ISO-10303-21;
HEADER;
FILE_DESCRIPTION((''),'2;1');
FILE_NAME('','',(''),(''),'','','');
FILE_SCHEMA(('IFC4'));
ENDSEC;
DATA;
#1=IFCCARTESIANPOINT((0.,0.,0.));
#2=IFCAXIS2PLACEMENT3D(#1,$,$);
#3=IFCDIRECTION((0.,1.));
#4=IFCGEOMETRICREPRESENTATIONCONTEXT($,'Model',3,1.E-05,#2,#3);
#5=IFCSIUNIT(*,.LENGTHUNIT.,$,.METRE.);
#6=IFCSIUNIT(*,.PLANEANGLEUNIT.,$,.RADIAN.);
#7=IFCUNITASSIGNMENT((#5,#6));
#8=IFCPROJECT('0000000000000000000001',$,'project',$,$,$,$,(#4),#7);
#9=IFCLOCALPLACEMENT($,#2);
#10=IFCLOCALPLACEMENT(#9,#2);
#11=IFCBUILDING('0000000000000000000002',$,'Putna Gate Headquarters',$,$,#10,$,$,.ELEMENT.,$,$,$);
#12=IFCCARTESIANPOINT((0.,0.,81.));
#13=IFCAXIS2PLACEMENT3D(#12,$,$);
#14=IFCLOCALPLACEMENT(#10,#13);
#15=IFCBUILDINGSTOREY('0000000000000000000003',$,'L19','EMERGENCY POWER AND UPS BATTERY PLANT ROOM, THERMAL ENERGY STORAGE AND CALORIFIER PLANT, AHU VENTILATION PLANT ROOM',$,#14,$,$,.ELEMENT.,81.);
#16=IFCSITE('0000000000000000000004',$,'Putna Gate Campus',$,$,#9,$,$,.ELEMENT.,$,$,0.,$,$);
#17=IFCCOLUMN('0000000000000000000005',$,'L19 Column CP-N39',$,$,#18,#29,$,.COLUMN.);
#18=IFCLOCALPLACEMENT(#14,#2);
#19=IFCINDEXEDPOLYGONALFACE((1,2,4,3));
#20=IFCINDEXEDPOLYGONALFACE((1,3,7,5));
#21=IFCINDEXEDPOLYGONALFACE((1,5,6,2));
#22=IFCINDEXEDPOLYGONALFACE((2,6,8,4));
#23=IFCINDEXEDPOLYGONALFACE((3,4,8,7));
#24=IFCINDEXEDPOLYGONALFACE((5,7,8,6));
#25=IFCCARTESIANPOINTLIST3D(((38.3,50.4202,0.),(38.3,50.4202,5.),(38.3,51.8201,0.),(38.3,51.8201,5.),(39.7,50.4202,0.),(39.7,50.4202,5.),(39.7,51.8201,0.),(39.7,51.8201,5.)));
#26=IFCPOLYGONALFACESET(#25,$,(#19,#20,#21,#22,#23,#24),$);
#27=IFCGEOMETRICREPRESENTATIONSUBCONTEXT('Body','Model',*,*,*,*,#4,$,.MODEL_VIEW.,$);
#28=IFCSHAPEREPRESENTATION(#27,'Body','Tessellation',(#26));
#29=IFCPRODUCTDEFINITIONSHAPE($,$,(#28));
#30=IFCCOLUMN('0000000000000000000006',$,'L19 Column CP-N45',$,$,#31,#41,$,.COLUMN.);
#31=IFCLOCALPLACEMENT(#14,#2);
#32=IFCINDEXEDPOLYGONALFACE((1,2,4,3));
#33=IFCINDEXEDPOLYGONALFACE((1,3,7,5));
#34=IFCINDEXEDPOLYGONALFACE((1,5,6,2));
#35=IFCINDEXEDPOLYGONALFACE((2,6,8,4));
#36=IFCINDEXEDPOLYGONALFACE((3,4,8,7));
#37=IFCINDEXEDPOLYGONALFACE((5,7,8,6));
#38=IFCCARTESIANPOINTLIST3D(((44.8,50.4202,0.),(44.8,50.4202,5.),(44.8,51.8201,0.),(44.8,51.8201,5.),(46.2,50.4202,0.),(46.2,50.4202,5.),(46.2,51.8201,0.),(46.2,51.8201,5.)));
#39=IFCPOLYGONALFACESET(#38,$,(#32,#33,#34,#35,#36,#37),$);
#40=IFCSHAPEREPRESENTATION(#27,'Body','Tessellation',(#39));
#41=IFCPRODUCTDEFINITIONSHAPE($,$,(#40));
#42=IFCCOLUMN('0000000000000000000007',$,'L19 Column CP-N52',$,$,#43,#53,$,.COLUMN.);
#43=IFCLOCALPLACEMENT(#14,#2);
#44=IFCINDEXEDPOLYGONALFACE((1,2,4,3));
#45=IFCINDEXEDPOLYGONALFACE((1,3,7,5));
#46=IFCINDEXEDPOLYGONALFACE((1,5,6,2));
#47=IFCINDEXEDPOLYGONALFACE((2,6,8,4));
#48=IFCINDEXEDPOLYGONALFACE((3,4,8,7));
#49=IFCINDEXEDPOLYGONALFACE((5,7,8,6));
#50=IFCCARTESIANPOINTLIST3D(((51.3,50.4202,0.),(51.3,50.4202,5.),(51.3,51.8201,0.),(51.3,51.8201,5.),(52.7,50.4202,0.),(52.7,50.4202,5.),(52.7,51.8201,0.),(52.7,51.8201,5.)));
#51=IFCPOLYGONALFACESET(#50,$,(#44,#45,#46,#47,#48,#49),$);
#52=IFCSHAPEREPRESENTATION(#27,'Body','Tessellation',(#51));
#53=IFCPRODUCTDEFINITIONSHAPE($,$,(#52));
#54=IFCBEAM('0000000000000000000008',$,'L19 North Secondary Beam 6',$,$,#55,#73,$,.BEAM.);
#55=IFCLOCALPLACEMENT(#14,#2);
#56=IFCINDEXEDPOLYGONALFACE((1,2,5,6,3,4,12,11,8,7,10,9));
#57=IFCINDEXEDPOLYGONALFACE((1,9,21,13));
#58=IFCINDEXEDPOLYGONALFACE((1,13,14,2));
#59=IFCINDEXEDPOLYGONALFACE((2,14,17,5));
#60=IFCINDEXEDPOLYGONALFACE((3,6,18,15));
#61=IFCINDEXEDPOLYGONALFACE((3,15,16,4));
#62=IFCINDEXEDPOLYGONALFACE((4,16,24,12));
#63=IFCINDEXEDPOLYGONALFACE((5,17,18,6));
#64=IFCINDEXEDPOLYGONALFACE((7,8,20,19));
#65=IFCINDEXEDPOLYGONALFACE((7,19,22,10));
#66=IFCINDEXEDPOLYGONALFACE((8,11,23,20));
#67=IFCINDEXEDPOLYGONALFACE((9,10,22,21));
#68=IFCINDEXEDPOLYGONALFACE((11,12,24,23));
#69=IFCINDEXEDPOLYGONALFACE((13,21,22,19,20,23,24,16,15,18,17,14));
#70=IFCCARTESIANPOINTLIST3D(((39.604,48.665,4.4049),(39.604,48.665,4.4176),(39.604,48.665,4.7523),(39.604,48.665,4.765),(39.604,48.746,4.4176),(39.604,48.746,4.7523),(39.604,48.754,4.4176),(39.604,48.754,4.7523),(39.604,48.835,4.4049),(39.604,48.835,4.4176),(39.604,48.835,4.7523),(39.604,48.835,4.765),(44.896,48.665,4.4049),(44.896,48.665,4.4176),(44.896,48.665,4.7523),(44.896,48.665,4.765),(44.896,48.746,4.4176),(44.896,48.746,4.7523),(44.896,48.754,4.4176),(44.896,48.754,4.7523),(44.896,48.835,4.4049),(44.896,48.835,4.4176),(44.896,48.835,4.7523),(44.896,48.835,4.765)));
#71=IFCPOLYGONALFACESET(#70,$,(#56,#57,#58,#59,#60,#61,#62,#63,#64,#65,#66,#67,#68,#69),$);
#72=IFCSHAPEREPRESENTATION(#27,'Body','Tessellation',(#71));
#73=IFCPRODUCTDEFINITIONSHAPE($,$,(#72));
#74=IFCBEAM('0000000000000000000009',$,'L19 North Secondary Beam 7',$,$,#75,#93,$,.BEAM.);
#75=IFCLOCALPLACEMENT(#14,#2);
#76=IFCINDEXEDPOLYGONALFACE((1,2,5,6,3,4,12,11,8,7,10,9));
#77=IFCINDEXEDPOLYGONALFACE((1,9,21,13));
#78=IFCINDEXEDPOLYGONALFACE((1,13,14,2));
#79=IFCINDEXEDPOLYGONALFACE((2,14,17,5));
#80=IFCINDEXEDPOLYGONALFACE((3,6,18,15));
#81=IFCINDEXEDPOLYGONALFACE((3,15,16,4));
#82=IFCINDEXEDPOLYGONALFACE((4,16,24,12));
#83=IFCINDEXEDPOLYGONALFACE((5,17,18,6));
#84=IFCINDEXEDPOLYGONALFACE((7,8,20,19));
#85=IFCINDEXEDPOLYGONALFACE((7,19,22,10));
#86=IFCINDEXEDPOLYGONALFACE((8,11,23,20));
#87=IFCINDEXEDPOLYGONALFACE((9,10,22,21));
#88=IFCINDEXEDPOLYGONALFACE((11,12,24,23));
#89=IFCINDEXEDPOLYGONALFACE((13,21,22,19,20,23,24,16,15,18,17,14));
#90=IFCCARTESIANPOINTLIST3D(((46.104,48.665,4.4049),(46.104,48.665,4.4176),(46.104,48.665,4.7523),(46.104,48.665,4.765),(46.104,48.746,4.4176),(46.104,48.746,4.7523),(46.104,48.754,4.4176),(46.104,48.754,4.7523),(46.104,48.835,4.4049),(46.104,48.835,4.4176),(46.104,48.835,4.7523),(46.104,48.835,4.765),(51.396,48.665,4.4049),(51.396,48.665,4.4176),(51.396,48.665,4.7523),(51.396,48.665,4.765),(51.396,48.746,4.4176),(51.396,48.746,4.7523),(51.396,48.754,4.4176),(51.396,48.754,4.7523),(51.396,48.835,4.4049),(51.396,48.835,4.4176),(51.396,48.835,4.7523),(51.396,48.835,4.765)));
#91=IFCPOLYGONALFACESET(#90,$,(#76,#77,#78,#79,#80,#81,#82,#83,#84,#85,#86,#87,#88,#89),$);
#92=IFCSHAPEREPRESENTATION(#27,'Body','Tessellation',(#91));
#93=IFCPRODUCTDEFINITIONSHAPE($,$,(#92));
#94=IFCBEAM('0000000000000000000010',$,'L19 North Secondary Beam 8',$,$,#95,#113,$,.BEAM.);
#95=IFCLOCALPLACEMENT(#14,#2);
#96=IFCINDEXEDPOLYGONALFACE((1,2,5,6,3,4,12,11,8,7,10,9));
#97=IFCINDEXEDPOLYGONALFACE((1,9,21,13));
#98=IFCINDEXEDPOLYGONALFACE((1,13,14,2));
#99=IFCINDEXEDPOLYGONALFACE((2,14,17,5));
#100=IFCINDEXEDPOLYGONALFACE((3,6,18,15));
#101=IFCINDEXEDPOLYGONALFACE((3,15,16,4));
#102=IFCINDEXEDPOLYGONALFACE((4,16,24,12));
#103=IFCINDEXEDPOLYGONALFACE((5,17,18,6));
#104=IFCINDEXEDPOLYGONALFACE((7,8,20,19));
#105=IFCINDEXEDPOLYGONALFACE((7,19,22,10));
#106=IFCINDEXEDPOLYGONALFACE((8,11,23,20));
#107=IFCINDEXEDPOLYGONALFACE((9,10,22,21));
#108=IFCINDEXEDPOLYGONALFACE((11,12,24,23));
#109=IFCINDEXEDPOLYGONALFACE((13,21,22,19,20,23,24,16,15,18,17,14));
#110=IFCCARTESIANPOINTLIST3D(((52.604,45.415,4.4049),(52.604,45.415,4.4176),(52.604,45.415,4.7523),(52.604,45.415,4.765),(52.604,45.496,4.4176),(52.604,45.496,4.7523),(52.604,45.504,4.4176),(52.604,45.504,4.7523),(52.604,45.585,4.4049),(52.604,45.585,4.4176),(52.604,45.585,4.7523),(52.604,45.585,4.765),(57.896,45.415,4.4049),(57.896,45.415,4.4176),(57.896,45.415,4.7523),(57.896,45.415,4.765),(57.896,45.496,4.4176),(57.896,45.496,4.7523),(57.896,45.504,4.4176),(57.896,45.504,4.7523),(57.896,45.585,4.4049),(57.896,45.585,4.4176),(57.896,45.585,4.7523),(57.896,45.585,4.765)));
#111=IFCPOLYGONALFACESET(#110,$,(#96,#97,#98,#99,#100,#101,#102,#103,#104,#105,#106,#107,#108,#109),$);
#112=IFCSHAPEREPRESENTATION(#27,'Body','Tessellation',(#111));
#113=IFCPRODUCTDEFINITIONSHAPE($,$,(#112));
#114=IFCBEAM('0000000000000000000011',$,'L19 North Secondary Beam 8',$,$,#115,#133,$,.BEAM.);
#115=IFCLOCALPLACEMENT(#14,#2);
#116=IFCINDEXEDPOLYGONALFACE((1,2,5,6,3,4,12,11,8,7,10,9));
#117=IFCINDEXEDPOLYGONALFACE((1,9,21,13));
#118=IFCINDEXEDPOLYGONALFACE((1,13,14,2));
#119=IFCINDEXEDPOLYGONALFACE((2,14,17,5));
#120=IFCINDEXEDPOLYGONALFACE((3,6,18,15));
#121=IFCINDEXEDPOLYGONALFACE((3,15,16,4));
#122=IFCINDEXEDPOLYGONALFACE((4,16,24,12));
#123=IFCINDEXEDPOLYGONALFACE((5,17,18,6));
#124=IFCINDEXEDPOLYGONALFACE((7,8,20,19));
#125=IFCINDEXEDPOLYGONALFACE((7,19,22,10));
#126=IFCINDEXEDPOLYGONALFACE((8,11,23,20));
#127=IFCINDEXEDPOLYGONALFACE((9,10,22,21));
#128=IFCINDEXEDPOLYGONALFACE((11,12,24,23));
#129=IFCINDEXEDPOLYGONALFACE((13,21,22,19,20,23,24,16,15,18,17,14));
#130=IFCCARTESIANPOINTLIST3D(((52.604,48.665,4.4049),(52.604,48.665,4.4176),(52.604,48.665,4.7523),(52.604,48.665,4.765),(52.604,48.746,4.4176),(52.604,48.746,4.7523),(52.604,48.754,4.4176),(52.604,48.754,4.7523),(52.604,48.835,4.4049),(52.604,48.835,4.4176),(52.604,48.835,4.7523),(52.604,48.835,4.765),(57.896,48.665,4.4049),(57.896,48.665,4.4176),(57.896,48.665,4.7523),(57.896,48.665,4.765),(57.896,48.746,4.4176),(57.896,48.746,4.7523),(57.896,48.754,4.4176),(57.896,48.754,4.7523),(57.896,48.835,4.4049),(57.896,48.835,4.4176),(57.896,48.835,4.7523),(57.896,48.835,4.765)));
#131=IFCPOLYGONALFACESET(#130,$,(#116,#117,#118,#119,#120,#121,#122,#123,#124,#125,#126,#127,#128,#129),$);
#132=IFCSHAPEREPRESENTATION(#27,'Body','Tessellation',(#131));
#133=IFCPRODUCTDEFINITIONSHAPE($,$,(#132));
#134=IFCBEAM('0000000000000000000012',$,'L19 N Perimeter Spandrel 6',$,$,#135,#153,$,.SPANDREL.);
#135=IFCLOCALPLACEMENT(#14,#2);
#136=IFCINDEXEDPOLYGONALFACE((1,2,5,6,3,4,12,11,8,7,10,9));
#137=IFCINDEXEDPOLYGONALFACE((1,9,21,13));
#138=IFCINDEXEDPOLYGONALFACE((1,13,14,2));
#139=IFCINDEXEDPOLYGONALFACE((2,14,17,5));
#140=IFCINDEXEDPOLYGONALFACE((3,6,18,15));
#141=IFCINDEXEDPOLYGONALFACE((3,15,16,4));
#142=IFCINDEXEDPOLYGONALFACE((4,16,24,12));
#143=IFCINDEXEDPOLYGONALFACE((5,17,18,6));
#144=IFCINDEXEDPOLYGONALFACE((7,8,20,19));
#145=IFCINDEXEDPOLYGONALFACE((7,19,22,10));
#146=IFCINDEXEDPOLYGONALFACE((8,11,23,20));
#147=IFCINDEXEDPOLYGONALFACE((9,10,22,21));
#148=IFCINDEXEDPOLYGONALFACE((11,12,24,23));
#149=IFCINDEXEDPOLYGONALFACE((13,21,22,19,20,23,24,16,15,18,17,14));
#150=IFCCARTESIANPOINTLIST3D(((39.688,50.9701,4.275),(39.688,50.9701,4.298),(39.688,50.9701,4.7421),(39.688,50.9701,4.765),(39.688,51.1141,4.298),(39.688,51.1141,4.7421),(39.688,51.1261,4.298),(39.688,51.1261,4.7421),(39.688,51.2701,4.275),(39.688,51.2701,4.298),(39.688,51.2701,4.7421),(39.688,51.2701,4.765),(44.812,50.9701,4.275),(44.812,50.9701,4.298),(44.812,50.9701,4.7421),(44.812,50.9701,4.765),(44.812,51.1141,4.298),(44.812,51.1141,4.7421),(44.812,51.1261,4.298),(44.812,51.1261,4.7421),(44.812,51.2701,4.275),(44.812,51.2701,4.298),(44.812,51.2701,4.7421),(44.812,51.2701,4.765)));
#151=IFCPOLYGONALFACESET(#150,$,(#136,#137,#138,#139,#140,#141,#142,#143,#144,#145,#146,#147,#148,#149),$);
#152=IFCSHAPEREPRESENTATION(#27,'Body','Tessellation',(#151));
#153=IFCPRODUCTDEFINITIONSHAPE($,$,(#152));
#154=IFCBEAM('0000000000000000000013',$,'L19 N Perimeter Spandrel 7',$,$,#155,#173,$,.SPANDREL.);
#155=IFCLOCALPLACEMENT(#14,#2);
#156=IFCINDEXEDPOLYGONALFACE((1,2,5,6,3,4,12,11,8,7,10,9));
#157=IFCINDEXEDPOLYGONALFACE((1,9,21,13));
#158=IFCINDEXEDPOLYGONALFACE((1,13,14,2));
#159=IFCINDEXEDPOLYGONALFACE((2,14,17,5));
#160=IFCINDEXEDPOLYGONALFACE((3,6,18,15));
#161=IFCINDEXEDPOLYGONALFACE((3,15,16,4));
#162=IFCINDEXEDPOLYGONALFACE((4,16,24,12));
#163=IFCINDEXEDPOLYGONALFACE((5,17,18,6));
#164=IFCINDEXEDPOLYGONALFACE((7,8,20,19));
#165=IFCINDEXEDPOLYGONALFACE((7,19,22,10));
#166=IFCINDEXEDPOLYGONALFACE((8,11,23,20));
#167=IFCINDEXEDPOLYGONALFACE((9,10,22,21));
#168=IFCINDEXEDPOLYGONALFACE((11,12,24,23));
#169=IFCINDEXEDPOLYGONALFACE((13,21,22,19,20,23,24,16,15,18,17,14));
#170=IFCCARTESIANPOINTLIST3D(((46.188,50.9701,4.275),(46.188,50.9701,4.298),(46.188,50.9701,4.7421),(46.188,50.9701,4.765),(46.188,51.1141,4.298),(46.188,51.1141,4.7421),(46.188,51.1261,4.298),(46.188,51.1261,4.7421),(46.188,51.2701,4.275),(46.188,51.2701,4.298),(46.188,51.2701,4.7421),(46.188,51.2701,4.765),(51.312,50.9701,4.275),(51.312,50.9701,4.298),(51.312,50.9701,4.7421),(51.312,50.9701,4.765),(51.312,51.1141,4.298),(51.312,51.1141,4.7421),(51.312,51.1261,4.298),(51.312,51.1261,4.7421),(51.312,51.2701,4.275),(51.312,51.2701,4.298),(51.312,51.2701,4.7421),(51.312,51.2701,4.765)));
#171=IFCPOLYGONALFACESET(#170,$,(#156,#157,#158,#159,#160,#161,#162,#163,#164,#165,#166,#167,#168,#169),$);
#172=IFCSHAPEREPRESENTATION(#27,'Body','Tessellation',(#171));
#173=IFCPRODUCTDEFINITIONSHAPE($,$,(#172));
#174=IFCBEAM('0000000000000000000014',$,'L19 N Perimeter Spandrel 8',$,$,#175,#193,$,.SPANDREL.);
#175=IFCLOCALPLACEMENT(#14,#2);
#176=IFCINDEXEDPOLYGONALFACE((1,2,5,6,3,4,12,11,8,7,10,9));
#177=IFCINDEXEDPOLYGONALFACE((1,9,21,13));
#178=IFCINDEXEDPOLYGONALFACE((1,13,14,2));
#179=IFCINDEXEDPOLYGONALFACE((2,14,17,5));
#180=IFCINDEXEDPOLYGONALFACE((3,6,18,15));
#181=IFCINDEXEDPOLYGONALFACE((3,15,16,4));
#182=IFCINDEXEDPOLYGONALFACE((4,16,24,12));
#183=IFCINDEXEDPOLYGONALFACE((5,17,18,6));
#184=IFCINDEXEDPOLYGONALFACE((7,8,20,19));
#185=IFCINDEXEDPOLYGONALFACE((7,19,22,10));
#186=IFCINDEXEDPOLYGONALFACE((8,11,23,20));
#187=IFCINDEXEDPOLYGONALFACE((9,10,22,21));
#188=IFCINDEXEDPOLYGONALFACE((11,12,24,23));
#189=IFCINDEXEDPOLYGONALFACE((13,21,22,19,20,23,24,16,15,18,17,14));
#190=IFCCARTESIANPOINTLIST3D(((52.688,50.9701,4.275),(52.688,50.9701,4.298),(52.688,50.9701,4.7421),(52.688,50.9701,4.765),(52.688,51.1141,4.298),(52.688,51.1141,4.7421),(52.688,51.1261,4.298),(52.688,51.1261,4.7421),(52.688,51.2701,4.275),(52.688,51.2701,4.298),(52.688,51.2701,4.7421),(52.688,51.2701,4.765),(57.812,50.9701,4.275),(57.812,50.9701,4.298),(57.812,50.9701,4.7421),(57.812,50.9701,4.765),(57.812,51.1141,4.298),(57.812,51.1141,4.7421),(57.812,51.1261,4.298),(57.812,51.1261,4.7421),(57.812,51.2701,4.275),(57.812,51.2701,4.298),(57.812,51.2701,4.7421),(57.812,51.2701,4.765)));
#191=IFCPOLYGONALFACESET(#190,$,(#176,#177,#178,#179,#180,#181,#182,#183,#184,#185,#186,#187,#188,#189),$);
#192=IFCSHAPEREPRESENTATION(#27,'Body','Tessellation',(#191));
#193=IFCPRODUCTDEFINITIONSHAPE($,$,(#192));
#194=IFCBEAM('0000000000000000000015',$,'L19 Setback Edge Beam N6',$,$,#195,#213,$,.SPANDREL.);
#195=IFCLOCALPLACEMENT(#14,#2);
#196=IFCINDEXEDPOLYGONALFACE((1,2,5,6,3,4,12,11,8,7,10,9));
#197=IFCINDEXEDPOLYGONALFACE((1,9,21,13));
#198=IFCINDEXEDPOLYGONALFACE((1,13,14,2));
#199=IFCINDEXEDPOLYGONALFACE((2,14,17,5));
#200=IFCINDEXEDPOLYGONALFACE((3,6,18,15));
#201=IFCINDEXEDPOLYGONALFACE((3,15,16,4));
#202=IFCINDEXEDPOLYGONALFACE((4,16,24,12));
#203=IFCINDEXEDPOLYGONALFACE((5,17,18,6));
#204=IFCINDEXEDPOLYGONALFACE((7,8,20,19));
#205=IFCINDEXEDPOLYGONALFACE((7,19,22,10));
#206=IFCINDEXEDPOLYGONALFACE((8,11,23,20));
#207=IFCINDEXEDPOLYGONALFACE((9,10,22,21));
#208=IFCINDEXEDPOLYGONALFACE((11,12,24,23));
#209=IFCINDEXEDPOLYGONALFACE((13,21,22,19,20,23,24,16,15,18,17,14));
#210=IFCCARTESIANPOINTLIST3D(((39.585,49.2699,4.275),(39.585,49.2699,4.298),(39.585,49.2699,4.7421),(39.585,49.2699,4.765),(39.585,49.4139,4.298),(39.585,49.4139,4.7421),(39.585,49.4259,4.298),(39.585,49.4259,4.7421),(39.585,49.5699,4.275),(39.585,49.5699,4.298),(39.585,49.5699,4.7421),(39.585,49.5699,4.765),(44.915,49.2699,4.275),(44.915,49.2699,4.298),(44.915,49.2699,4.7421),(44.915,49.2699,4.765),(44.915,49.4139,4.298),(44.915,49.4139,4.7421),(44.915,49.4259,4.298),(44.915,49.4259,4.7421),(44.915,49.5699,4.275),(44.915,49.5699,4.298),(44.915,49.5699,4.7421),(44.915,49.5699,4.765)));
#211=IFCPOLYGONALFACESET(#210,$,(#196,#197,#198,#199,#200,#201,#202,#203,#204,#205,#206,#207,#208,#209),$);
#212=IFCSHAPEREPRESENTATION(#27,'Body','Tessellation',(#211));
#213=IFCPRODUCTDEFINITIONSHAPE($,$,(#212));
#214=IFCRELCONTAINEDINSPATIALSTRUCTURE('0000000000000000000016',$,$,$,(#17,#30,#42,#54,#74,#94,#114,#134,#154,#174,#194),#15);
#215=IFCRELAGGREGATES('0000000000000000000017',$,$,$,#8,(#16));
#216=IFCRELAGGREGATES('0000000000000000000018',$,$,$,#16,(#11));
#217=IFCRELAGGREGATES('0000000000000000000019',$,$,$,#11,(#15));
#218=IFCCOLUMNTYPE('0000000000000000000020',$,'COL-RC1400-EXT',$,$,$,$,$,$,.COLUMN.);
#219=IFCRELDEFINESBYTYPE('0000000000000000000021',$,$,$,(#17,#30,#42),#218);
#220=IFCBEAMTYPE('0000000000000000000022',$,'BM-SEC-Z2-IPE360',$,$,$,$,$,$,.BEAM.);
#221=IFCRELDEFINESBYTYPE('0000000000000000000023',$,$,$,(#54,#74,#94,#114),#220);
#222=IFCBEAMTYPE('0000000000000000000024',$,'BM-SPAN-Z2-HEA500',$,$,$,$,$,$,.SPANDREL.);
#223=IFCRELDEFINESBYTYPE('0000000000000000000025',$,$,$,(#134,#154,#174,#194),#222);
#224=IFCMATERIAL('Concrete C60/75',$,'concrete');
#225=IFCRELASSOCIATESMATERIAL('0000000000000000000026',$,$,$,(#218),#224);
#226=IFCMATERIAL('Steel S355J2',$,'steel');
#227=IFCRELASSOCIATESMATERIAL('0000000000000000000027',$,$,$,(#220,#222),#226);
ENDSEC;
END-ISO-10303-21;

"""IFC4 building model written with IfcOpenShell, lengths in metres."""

from ifc_helpers import new_model, si_unit, direction, frame, origin, origin_2d, place, context, subcontext, project, spatial, rectangle, i_section, extrude, material, material_profile, profile_set, type_object, element, save


model = new_model("IFC4")

# Units and contexts
model_context = context("Model", 3, precision=1e-05, world=origin(), true_north=direction((0.0, 1.0)))
body_context = subcontext(model_context, "Body", "Model", "MODEL_VIEW")
ifc_project = project(units=[si_unit("LENGTHUNIT", "METRE"), si_unit("PLANEANGLEUNIT", "RADIAN")], contexts=[model_context])

# Site, building, storey
site_placement = place(None, origin())
site = spatial("IfcSite", under=ifc_project, at=site_placement, Name="Putna Gate Campus", CompositionType="ELEMENT", RefElevation=0.0)
building_placement = place(site_placement, origin())
building = spatial("IfcBuilding", under=site, at=building_placement, Name="Putna Gate Headquarters", CompositionType="ELEMENT")
storey_placement = place(building_placement, frame((0.0, 0.0, 81.0)))
storey = spatial("IfcBuildingStorey", under=building, at=storey_placement, Name="L19", Description="EMERGENCY POWER AND UPS BATTERY PLANT ROOM, THERMAL ENERGY STORAGE AND CALORIFIER PLANT, AHU VENTILATION PLANT ROOM", CompositionType="ELEMENT", Elevation=81.0)

# Columns
ifc_material_1 = material(Name="Concrete C60/75", Category="concrete")
ifc_material_profile_1 = material_profile(ifc_material_1, rectangle(XDim=1.3999, YDim=1.3999, at=origin_2d()), Name="Concrete C60/75")
ifc_profile_set_1 = profile_set([ifc_material_profile_1], Name="Concrete C60/75")
column_type = type_object("IfcColumnType", Name="COL-RC1400-EXT", PredefinedType="COLUMN", material=ifc_profile_set_1)
for number, where, z_axis, x_axis, name in (
    (1, (39.0, 51.1201, 0.0), (0.0, 0.0, 1.0), (1.0, 0.0, 0.0), "L19 Column CP-N39"),
    (2, (45.5, 51.1201, 0.0), (0.0, 0.0, 1.0), (1.0, 0.0, 0.0), "L19 Column CP-N45"),
    (3, (52.0, 51.1201, 0.0), (0.0, 0.0, 1.0), (1.0, 0.0, 0.0), "L19 Column CP-N52"),
):
    element("IfcColumn", number, at=place(storey_placement, frame(where, z_axis=z_axis, x_axis=x_axis)), inside=storey, type_object=column_type, Name=name, PredefinedType="COLUMN", context=body_context, shape_type="SweptSolid", body=[
        extrude(rectangle(XDim=1.3999, YDim=1.3999, at=origin_2d()), origin(), (0.0, 0.0, 1.0), 5.0),
    ])

# Beams
ifc_material_2 = material(Name="Steel S355J2", Category="steel")
ifc_material_profile_2 = material_profile(ifc_material_2, i_section(OverallWidth=0.1699, OverallDepth=0.3601, WebThickness=0.0081, FlangeThickness=0.0127, at=origin_2d()), Name="Steel S355J2")
ifc_profile_set_2 = profile_set([ifc_material_profile_2], Name="Steel S355J2")
beam_type_1 = type_object("IfcBeamType", Name="BM-SEC-Z2-IPE360", PredefinedType="BEAM", material=ifc_profile_set_2)
for number, where, z_axis, x_axis, name in (
    (4, (39.604, 48.75, 4.585), (1.0, 0.0, 0.0), (0.0, 1.0, 0.0), "L19 North Secondary Beam 6"),
    (5, (46.104, 48.75, 4.585), (1.0, 0.0, 0.0), (0.0, 1.0, 0.0), "L19 North Secondary Beam 7"),
    (6, (52.604, 45.5, 4.585), (1.0, 0.0, 0.0), (0.0, 1.0, 0.0), "L19 North Secondary Beam 8"),
    (7, (52.604, 48.75, 4.585), (1.0, 0.0, 0.0), (0.0, 1.0, 0.0), "L19 North Secondary Beam 8"),
):
    element("IfcBeam", number, at=place(storey_placement, frame(where, z_axis=z_axis, x_axis=x_axis)), inside=storey, type_object=beam_type_1, Name=name, PredefinedType="BEAM", context=body_context, shape_type="SweptSolid", body=[
        extrude(i_section(OverallWidth=0.1699, OverallDepth=0.3601, WebThickness=0.0081, FlangeThickness=0.0127, at=origin_2d()), origin(), (0.0, 0.0, 1.0), 5.292),
    ])
ifc_material_profile_3 = material_profile(ifc_material_2, i_section(OverallWidth=0.3, OverallDepth=0.49, WebThickness=0.012, FlangeThickness=0.0229, at=origin_2d()), Name="Steel S355J2")
ifc_profile_set_3 = profile_set([ifc_material_profile_3], Name="Steel S355J2")
beam_type_2 = type_object("IfcBeamType", Name="BM-SPAN-Z2-HEA500", PredefinedType="SPANDREL", material=ifc_profile_set_3)
for number, where, z_axis, x_axis, name in (
    (8, (39.688, 51.1201, 4.52), (1.0, 0.0, 0.0), (0.0, 1.0, 0.0), "L19 N Perimeter Spandrel 6"),
    (9, (46.188, 51.1201, 4.52), (1.0, 0.0, 0.0), (0.0, 1.0, 0.0), "L19 N Perimeter Spandrel 7"),
    (10, (52.688, 51.1201, 4.52), (1.0, 0.0, 0.0), (0.0, 1.0, 0.0), "L19 N Perimeter Spandrel 8"),
):
    element("IfcBeam", number, at=place(storey_placement, frame(where, z_axis=z_axis, x_axis=x_axis)), inside=storey, type_object=beam_type_2, Name=name, PredefinedType="SPANDREL", context=body_context, shape_type="SweptSolid", body=[
        extrude(i_section(OverallWidth=0.3, OverallDepth=0.49, WebThickness=0.012, FlangeThickness=0.0229, at=origin_2d()), origin(), (0.0, 0.0, 1.0), 5.124),
    ])
for number, where, z_axis, x_axis, name in (
    (11, (39.585, 49.4199, 4.52), (1.0, 0.0, 0.0), (0.0, 1.0, 0.0), "L19 Setback Edge Beam N6"),
):
    element("IfcBeam", number, at=place(storey_placement, frame(where, z_axis=z_axis, x_axis=x_axis)), inside=storey, type_object=beam_type_2, Name=name, PredefinedType="SPANDREL", context=body_context, shape_type="SweptSolid", body=[
        extrude(i_section(OverallWidth=0.3, OverallDepth=0.49, WebThickness=0.012, FlangeThickness=0.0229, at=origin_2d()), origin(), (0.0, 0.0, 1.0), 5.3301),
    ])

save(model, "model.ifc")
